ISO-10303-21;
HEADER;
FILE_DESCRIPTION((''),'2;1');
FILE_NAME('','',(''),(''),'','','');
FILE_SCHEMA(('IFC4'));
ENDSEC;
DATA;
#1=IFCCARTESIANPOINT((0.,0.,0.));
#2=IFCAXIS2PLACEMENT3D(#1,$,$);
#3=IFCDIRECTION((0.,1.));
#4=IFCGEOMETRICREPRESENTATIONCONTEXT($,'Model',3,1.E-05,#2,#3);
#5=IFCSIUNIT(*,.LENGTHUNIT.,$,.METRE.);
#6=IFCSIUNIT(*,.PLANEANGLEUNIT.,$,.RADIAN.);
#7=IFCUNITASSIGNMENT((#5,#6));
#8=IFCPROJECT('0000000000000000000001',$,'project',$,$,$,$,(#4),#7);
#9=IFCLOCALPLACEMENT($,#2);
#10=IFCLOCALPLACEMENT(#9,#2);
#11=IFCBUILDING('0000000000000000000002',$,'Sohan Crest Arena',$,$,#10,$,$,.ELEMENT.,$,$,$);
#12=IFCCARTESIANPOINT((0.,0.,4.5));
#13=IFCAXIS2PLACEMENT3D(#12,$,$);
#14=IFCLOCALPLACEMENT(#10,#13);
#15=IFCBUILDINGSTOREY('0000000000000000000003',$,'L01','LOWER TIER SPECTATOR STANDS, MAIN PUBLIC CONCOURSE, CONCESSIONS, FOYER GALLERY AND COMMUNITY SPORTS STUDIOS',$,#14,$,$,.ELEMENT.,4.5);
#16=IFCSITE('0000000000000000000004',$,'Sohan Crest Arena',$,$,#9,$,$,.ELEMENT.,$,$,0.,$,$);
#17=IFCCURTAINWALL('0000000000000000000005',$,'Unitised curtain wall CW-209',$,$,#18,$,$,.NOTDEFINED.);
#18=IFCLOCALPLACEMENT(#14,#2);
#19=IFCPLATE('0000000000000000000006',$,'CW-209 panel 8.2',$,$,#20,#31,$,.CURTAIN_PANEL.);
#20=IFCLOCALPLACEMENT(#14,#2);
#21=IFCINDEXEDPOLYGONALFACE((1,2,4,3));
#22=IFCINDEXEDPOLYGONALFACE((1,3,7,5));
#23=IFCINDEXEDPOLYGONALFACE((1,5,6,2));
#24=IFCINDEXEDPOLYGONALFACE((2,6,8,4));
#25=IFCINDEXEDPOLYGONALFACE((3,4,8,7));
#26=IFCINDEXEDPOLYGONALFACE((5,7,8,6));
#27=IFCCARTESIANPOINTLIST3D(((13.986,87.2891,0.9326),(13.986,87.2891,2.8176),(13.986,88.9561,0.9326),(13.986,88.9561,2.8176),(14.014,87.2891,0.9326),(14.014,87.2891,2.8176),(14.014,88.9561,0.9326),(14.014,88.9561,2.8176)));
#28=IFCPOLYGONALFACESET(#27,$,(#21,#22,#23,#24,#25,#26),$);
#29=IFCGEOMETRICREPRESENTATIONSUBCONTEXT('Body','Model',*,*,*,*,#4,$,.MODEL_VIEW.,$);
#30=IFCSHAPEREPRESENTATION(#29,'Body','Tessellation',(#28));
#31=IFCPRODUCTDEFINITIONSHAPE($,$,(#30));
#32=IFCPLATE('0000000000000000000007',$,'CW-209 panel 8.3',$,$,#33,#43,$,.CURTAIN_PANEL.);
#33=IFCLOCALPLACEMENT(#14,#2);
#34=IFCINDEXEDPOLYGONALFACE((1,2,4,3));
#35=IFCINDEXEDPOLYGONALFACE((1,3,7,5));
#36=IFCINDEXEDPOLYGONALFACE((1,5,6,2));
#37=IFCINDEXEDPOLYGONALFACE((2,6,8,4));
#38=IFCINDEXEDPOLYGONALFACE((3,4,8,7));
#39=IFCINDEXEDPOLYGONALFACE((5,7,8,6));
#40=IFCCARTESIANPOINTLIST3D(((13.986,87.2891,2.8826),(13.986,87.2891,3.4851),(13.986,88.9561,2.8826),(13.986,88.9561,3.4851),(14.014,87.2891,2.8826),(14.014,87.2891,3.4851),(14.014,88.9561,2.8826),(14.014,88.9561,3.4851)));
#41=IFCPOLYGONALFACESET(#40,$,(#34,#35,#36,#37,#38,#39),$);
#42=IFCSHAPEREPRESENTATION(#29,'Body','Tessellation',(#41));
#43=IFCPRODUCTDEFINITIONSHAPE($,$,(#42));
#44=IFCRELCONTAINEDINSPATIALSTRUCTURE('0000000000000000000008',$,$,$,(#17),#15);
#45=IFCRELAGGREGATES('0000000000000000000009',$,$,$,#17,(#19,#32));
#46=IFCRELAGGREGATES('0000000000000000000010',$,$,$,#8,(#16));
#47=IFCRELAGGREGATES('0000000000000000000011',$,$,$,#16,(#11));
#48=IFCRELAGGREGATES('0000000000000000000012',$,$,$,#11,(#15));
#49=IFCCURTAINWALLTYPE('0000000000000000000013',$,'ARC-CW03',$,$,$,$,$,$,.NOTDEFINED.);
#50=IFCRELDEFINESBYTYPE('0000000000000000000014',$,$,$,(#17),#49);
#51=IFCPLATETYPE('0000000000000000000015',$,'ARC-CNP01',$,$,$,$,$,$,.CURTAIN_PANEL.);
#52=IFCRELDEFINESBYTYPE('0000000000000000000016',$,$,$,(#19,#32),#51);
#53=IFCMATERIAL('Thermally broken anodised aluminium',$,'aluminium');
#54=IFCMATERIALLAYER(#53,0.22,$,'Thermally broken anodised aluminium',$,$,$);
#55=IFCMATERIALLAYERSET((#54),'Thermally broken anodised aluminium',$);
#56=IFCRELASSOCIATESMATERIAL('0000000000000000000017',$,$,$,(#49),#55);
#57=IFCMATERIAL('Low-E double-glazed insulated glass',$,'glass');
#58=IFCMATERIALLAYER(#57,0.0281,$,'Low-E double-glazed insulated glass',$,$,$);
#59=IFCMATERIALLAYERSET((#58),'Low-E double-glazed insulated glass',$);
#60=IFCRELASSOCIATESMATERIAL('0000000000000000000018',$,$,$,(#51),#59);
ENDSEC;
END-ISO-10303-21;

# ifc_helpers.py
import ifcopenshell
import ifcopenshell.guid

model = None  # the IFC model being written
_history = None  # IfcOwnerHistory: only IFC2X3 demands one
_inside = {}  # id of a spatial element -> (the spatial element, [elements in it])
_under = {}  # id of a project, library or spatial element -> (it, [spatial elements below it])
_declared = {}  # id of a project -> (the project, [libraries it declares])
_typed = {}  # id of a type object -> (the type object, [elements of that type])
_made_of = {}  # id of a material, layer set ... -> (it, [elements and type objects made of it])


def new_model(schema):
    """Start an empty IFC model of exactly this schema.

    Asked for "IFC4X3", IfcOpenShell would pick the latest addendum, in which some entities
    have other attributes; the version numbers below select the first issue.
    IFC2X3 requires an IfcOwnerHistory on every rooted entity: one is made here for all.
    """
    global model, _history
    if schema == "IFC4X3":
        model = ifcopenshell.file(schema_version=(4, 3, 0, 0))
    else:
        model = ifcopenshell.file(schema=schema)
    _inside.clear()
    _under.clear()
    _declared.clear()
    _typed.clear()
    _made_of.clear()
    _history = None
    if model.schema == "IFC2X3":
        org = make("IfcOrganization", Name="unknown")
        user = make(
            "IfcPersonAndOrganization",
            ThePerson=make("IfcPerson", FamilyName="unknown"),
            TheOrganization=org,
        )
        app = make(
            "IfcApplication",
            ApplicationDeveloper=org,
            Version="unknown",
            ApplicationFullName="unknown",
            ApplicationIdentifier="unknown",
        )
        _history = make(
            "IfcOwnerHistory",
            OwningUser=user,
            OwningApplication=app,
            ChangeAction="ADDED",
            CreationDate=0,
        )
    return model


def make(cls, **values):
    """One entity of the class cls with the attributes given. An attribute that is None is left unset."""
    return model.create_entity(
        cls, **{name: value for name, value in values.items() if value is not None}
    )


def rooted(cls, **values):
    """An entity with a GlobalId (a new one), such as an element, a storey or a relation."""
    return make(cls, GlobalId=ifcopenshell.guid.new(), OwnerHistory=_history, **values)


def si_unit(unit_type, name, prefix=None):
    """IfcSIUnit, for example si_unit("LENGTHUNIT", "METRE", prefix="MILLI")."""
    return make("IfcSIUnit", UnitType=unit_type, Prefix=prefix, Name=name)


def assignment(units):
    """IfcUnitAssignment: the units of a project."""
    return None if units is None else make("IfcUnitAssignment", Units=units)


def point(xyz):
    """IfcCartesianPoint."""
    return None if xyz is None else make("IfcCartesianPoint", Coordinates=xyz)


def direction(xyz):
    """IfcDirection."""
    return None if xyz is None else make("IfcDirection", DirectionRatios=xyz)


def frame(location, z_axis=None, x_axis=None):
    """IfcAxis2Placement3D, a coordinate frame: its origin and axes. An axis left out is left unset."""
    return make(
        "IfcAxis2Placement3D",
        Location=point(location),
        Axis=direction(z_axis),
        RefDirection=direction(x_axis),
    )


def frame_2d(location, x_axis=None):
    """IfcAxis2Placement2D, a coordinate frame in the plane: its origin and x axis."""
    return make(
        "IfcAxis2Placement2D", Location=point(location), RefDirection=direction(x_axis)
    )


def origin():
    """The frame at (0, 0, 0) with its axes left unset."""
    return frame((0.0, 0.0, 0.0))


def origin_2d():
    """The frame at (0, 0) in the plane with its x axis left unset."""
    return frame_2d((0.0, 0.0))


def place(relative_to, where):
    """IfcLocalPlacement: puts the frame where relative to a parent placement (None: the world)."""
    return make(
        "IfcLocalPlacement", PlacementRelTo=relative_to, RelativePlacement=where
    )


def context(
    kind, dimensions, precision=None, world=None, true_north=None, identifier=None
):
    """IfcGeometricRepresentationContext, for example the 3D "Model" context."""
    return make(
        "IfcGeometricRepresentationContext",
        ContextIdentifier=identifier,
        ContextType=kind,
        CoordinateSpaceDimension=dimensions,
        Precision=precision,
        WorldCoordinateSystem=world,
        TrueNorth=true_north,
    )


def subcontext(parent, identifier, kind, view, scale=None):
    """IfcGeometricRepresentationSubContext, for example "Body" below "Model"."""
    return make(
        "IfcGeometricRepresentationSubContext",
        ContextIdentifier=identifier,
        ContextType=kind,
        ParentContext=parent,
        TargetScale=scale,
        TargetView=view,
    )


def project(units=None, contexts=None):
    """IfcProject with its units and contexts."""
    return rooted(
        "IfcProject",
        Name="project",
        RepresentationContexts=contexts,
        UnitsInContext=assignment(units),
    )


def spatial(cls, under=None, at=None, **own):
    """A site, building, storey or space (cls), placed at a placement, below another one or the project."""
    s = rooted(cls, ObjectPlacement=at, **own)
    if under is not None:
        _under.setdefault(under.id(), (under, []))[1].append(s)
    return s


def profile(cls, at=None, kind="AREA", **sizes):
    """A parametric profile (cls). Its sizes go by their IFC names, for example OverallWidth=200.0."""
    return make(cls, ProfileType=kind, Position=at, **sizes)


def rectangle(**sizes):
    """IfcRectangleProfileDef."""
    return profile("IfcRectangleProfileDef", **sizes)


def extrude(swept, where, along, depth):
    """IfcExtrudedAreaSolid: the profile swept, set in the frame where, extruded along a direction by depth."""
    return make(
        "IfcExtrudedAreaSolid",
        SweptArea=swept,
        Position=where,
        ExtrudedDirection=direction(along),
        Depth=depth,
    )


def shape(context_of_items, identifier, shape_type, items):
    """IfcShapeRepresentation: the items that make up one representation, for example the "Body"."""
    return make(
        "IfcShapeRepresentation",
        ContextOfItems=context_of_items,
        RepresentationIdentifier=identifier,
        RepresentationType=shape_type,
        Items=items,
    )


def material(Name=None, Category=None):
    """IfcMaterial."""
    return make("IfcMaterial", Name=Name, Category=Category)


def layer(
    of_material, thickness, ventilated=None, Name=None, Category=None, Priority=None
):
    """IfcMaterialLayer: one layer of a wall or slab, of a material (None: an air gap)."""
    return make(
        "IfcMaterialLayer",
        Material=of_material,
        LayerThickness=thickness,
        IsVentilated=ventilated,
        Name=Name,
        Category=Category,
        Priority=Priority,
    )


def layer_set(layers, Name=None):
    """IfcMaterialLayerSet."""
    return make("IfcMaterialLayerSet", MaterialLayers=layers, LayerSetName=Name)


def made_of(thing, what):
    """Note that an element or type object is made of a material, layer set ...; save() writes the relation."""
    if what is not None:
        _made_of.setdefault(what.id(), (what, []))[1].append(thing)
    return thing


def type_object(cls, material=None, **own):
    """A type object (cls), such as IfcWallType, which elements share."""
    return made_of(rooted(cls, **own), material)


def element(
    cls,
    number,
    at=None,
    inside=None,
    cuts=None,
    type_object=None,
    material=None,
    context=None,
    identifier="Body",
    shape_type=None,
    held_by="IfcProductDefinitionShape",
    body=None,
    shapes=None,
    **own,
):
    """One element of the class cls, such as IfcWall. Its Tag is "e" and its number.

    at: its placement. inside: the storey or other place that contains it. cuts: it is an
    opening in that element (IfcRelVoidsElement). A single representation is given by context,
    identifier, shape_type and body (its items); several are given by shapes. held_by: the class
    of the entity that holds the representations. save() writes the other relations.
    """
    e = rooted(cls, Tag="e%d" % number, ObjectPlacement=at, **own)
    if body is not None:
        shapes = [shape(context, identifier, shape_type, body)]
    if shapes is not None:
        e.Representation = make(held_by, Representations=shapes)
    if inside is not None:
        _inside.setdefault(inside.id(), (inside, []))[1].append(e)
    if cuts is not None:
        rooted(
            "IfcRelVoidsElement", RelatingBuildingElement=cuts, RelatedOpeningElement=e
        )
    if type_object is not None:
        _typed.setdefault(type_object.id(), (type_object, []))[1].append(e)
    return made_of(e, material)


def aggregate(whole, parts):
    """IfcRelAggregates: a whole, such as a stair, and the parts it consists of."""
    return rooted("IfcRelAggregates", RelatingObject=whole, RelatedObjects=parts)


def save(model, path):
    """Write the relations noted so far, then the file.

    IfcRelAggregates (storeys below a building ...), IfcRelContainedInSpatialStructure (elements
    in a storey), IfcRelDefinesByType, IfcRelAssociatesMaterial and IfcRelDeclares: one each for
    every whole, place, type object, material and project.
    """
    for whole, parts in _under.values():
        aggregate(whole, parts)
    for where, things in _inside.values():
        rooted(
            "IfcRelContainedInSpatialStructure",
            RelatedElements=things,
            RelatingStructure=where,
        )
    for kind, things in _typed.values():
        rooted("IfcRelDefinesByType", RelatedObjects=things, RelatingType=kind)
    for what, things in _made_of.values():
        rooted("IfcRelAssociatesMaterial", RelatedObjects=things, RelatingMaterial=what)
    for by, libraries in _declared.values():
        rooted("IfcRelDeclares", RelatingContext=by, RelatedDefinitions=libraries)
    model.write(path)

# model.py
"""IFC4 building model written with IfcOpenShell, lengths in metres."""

from ifc_helpers import new_model, si_unit, direction, frame, origin, origin_2d, place, context, subcontext, project, spatial, rectangle, extrude, material, layer, layer_set, type_object, element, aggregate, save


model = new_model("IFC4")

# Units and contexts
model_context = context("Model", 3, precision=1e-05, world=origin(), true_north=direction((0.0, 1.0)))
body_context = subcontext(model_context, "Body", "Model", "MODEL_VIEW")
ifc_project = project(units=[si_unit("LENGTHUNIT", "METRE"), si_unit("PLANEANGLEUNIT", "RADIAN")], contexts=[model_context])

# Site, building, storey
site_placement = place(None, origin())
site = spatial("IfcSite", under=ifc_project, at=site_placement, Name="Sohan Crest Arena", CompositionType="ELEMENT", RefElevation=0.0)
building_placement = place(site_placement, origin())
building = spatial("IfcBuilding", under=site, at=building_placement, Name="Sohan Crest Arena", CompositionType="ELEMENT")
storey_placement = place(building_placement, frame((0.0, 0.0, 4.5)))
storey = spatial("IfcBuildingStorey", under=building, at=storey_placement, Name="L01", Description="LOWER TIER SPECTATOR STANDS, MAIN PUBLIC CONCOURSE, CONCESSIONS, FOYER GALLERY AND COMMUNITY SPORTS STUDIOS", CompositionType="ELEMENT", Elevation=4.5)

# Curtain wall
ifc_material_1 = material(Name="Thermally broken anodised aluminium", Category="aluminium")
ifc_layer_1 = layer(ifc_material_1, 0.22, Name="Thermally broken anodised aluminium")
ifc_layer_set_1 = layer_set([ifc_layer_1], Name="Thermally broken anodised aluminium")
curtain_wall_type = type_object("IfcCurtainWallType", Name="ARC-CW03", PredefinedType="NOTDEFINED", material=ifc_layer_set_1)
curtain_wall_placement = place(storey_placement, origin())
curtain_wall = element("IfcCurtainWall", 1, at=curtain_wall_placement, inside=storey, type_object=curtain_wall_type, Name="Unitised curtain wall CW-209", PredefinedType="NOTDEFINED")

# Plates
ifc_material_2 = material(Name="Low-E double-glazed insulated glass", Category="glass")
ifc_layer_2 = layer(ifc_material_2, 0.0281, Name="Low-E double-glazed insulated glass")
ifc_layer_set_2 = layer_set([ifc_layer_2], Name="Low-E double-glazed insulated glass")
plate_type = type_object("IfcPlateType", Name="ARC-CNP01", PredefinedType="CURTAIN_PANEL", material=ifc_layer_set_2)
plate_1_placement = place(storey_placement, frame((14.0, 88.1226, 0.9326), z_axis=(0.0, 0.0, 1.0), x_axis=(0.0, -1.0, 0.0)))
plate_1 = element("IfcPlate", 2, at=plate_1_placement, type_object=plate_type, Name="CW-209 panel 8.2", PredefinedType="CURTAIN_PANEL", context=body_context, shape_type="SweptSolid", body=[
    extrude(rectangle(XDim=1.667, YDim=0.0281, at=origin_2d()), origin(), (0.0, 0.0, 1.0), 1.885),
])
plate_2_placement = place(storey_placement, frame((14.0, 88.1226, 2.8826), z_axis=(0.0, 0.0, 1.0), x_axis=(0.0, -1.0, 0.0)))
plate_2 = element("IfcPlate", 3, at=plate_2_placement, type_object=plate_type, Name="CW-209 panel 8.3", PredefinedType="CURTAIN_PANEL", context=body_context, shape_type="SweptSolid", body=[
    extrude(rectangle(XDim=1.667, YDim=0.0281, at=origin_2d()), origin(), (0.0, 0.0, 1.0), 0.6025),
])
aggregate(curtain_wall, [plate_1, plate_2])

save(model, "model.ifc")
